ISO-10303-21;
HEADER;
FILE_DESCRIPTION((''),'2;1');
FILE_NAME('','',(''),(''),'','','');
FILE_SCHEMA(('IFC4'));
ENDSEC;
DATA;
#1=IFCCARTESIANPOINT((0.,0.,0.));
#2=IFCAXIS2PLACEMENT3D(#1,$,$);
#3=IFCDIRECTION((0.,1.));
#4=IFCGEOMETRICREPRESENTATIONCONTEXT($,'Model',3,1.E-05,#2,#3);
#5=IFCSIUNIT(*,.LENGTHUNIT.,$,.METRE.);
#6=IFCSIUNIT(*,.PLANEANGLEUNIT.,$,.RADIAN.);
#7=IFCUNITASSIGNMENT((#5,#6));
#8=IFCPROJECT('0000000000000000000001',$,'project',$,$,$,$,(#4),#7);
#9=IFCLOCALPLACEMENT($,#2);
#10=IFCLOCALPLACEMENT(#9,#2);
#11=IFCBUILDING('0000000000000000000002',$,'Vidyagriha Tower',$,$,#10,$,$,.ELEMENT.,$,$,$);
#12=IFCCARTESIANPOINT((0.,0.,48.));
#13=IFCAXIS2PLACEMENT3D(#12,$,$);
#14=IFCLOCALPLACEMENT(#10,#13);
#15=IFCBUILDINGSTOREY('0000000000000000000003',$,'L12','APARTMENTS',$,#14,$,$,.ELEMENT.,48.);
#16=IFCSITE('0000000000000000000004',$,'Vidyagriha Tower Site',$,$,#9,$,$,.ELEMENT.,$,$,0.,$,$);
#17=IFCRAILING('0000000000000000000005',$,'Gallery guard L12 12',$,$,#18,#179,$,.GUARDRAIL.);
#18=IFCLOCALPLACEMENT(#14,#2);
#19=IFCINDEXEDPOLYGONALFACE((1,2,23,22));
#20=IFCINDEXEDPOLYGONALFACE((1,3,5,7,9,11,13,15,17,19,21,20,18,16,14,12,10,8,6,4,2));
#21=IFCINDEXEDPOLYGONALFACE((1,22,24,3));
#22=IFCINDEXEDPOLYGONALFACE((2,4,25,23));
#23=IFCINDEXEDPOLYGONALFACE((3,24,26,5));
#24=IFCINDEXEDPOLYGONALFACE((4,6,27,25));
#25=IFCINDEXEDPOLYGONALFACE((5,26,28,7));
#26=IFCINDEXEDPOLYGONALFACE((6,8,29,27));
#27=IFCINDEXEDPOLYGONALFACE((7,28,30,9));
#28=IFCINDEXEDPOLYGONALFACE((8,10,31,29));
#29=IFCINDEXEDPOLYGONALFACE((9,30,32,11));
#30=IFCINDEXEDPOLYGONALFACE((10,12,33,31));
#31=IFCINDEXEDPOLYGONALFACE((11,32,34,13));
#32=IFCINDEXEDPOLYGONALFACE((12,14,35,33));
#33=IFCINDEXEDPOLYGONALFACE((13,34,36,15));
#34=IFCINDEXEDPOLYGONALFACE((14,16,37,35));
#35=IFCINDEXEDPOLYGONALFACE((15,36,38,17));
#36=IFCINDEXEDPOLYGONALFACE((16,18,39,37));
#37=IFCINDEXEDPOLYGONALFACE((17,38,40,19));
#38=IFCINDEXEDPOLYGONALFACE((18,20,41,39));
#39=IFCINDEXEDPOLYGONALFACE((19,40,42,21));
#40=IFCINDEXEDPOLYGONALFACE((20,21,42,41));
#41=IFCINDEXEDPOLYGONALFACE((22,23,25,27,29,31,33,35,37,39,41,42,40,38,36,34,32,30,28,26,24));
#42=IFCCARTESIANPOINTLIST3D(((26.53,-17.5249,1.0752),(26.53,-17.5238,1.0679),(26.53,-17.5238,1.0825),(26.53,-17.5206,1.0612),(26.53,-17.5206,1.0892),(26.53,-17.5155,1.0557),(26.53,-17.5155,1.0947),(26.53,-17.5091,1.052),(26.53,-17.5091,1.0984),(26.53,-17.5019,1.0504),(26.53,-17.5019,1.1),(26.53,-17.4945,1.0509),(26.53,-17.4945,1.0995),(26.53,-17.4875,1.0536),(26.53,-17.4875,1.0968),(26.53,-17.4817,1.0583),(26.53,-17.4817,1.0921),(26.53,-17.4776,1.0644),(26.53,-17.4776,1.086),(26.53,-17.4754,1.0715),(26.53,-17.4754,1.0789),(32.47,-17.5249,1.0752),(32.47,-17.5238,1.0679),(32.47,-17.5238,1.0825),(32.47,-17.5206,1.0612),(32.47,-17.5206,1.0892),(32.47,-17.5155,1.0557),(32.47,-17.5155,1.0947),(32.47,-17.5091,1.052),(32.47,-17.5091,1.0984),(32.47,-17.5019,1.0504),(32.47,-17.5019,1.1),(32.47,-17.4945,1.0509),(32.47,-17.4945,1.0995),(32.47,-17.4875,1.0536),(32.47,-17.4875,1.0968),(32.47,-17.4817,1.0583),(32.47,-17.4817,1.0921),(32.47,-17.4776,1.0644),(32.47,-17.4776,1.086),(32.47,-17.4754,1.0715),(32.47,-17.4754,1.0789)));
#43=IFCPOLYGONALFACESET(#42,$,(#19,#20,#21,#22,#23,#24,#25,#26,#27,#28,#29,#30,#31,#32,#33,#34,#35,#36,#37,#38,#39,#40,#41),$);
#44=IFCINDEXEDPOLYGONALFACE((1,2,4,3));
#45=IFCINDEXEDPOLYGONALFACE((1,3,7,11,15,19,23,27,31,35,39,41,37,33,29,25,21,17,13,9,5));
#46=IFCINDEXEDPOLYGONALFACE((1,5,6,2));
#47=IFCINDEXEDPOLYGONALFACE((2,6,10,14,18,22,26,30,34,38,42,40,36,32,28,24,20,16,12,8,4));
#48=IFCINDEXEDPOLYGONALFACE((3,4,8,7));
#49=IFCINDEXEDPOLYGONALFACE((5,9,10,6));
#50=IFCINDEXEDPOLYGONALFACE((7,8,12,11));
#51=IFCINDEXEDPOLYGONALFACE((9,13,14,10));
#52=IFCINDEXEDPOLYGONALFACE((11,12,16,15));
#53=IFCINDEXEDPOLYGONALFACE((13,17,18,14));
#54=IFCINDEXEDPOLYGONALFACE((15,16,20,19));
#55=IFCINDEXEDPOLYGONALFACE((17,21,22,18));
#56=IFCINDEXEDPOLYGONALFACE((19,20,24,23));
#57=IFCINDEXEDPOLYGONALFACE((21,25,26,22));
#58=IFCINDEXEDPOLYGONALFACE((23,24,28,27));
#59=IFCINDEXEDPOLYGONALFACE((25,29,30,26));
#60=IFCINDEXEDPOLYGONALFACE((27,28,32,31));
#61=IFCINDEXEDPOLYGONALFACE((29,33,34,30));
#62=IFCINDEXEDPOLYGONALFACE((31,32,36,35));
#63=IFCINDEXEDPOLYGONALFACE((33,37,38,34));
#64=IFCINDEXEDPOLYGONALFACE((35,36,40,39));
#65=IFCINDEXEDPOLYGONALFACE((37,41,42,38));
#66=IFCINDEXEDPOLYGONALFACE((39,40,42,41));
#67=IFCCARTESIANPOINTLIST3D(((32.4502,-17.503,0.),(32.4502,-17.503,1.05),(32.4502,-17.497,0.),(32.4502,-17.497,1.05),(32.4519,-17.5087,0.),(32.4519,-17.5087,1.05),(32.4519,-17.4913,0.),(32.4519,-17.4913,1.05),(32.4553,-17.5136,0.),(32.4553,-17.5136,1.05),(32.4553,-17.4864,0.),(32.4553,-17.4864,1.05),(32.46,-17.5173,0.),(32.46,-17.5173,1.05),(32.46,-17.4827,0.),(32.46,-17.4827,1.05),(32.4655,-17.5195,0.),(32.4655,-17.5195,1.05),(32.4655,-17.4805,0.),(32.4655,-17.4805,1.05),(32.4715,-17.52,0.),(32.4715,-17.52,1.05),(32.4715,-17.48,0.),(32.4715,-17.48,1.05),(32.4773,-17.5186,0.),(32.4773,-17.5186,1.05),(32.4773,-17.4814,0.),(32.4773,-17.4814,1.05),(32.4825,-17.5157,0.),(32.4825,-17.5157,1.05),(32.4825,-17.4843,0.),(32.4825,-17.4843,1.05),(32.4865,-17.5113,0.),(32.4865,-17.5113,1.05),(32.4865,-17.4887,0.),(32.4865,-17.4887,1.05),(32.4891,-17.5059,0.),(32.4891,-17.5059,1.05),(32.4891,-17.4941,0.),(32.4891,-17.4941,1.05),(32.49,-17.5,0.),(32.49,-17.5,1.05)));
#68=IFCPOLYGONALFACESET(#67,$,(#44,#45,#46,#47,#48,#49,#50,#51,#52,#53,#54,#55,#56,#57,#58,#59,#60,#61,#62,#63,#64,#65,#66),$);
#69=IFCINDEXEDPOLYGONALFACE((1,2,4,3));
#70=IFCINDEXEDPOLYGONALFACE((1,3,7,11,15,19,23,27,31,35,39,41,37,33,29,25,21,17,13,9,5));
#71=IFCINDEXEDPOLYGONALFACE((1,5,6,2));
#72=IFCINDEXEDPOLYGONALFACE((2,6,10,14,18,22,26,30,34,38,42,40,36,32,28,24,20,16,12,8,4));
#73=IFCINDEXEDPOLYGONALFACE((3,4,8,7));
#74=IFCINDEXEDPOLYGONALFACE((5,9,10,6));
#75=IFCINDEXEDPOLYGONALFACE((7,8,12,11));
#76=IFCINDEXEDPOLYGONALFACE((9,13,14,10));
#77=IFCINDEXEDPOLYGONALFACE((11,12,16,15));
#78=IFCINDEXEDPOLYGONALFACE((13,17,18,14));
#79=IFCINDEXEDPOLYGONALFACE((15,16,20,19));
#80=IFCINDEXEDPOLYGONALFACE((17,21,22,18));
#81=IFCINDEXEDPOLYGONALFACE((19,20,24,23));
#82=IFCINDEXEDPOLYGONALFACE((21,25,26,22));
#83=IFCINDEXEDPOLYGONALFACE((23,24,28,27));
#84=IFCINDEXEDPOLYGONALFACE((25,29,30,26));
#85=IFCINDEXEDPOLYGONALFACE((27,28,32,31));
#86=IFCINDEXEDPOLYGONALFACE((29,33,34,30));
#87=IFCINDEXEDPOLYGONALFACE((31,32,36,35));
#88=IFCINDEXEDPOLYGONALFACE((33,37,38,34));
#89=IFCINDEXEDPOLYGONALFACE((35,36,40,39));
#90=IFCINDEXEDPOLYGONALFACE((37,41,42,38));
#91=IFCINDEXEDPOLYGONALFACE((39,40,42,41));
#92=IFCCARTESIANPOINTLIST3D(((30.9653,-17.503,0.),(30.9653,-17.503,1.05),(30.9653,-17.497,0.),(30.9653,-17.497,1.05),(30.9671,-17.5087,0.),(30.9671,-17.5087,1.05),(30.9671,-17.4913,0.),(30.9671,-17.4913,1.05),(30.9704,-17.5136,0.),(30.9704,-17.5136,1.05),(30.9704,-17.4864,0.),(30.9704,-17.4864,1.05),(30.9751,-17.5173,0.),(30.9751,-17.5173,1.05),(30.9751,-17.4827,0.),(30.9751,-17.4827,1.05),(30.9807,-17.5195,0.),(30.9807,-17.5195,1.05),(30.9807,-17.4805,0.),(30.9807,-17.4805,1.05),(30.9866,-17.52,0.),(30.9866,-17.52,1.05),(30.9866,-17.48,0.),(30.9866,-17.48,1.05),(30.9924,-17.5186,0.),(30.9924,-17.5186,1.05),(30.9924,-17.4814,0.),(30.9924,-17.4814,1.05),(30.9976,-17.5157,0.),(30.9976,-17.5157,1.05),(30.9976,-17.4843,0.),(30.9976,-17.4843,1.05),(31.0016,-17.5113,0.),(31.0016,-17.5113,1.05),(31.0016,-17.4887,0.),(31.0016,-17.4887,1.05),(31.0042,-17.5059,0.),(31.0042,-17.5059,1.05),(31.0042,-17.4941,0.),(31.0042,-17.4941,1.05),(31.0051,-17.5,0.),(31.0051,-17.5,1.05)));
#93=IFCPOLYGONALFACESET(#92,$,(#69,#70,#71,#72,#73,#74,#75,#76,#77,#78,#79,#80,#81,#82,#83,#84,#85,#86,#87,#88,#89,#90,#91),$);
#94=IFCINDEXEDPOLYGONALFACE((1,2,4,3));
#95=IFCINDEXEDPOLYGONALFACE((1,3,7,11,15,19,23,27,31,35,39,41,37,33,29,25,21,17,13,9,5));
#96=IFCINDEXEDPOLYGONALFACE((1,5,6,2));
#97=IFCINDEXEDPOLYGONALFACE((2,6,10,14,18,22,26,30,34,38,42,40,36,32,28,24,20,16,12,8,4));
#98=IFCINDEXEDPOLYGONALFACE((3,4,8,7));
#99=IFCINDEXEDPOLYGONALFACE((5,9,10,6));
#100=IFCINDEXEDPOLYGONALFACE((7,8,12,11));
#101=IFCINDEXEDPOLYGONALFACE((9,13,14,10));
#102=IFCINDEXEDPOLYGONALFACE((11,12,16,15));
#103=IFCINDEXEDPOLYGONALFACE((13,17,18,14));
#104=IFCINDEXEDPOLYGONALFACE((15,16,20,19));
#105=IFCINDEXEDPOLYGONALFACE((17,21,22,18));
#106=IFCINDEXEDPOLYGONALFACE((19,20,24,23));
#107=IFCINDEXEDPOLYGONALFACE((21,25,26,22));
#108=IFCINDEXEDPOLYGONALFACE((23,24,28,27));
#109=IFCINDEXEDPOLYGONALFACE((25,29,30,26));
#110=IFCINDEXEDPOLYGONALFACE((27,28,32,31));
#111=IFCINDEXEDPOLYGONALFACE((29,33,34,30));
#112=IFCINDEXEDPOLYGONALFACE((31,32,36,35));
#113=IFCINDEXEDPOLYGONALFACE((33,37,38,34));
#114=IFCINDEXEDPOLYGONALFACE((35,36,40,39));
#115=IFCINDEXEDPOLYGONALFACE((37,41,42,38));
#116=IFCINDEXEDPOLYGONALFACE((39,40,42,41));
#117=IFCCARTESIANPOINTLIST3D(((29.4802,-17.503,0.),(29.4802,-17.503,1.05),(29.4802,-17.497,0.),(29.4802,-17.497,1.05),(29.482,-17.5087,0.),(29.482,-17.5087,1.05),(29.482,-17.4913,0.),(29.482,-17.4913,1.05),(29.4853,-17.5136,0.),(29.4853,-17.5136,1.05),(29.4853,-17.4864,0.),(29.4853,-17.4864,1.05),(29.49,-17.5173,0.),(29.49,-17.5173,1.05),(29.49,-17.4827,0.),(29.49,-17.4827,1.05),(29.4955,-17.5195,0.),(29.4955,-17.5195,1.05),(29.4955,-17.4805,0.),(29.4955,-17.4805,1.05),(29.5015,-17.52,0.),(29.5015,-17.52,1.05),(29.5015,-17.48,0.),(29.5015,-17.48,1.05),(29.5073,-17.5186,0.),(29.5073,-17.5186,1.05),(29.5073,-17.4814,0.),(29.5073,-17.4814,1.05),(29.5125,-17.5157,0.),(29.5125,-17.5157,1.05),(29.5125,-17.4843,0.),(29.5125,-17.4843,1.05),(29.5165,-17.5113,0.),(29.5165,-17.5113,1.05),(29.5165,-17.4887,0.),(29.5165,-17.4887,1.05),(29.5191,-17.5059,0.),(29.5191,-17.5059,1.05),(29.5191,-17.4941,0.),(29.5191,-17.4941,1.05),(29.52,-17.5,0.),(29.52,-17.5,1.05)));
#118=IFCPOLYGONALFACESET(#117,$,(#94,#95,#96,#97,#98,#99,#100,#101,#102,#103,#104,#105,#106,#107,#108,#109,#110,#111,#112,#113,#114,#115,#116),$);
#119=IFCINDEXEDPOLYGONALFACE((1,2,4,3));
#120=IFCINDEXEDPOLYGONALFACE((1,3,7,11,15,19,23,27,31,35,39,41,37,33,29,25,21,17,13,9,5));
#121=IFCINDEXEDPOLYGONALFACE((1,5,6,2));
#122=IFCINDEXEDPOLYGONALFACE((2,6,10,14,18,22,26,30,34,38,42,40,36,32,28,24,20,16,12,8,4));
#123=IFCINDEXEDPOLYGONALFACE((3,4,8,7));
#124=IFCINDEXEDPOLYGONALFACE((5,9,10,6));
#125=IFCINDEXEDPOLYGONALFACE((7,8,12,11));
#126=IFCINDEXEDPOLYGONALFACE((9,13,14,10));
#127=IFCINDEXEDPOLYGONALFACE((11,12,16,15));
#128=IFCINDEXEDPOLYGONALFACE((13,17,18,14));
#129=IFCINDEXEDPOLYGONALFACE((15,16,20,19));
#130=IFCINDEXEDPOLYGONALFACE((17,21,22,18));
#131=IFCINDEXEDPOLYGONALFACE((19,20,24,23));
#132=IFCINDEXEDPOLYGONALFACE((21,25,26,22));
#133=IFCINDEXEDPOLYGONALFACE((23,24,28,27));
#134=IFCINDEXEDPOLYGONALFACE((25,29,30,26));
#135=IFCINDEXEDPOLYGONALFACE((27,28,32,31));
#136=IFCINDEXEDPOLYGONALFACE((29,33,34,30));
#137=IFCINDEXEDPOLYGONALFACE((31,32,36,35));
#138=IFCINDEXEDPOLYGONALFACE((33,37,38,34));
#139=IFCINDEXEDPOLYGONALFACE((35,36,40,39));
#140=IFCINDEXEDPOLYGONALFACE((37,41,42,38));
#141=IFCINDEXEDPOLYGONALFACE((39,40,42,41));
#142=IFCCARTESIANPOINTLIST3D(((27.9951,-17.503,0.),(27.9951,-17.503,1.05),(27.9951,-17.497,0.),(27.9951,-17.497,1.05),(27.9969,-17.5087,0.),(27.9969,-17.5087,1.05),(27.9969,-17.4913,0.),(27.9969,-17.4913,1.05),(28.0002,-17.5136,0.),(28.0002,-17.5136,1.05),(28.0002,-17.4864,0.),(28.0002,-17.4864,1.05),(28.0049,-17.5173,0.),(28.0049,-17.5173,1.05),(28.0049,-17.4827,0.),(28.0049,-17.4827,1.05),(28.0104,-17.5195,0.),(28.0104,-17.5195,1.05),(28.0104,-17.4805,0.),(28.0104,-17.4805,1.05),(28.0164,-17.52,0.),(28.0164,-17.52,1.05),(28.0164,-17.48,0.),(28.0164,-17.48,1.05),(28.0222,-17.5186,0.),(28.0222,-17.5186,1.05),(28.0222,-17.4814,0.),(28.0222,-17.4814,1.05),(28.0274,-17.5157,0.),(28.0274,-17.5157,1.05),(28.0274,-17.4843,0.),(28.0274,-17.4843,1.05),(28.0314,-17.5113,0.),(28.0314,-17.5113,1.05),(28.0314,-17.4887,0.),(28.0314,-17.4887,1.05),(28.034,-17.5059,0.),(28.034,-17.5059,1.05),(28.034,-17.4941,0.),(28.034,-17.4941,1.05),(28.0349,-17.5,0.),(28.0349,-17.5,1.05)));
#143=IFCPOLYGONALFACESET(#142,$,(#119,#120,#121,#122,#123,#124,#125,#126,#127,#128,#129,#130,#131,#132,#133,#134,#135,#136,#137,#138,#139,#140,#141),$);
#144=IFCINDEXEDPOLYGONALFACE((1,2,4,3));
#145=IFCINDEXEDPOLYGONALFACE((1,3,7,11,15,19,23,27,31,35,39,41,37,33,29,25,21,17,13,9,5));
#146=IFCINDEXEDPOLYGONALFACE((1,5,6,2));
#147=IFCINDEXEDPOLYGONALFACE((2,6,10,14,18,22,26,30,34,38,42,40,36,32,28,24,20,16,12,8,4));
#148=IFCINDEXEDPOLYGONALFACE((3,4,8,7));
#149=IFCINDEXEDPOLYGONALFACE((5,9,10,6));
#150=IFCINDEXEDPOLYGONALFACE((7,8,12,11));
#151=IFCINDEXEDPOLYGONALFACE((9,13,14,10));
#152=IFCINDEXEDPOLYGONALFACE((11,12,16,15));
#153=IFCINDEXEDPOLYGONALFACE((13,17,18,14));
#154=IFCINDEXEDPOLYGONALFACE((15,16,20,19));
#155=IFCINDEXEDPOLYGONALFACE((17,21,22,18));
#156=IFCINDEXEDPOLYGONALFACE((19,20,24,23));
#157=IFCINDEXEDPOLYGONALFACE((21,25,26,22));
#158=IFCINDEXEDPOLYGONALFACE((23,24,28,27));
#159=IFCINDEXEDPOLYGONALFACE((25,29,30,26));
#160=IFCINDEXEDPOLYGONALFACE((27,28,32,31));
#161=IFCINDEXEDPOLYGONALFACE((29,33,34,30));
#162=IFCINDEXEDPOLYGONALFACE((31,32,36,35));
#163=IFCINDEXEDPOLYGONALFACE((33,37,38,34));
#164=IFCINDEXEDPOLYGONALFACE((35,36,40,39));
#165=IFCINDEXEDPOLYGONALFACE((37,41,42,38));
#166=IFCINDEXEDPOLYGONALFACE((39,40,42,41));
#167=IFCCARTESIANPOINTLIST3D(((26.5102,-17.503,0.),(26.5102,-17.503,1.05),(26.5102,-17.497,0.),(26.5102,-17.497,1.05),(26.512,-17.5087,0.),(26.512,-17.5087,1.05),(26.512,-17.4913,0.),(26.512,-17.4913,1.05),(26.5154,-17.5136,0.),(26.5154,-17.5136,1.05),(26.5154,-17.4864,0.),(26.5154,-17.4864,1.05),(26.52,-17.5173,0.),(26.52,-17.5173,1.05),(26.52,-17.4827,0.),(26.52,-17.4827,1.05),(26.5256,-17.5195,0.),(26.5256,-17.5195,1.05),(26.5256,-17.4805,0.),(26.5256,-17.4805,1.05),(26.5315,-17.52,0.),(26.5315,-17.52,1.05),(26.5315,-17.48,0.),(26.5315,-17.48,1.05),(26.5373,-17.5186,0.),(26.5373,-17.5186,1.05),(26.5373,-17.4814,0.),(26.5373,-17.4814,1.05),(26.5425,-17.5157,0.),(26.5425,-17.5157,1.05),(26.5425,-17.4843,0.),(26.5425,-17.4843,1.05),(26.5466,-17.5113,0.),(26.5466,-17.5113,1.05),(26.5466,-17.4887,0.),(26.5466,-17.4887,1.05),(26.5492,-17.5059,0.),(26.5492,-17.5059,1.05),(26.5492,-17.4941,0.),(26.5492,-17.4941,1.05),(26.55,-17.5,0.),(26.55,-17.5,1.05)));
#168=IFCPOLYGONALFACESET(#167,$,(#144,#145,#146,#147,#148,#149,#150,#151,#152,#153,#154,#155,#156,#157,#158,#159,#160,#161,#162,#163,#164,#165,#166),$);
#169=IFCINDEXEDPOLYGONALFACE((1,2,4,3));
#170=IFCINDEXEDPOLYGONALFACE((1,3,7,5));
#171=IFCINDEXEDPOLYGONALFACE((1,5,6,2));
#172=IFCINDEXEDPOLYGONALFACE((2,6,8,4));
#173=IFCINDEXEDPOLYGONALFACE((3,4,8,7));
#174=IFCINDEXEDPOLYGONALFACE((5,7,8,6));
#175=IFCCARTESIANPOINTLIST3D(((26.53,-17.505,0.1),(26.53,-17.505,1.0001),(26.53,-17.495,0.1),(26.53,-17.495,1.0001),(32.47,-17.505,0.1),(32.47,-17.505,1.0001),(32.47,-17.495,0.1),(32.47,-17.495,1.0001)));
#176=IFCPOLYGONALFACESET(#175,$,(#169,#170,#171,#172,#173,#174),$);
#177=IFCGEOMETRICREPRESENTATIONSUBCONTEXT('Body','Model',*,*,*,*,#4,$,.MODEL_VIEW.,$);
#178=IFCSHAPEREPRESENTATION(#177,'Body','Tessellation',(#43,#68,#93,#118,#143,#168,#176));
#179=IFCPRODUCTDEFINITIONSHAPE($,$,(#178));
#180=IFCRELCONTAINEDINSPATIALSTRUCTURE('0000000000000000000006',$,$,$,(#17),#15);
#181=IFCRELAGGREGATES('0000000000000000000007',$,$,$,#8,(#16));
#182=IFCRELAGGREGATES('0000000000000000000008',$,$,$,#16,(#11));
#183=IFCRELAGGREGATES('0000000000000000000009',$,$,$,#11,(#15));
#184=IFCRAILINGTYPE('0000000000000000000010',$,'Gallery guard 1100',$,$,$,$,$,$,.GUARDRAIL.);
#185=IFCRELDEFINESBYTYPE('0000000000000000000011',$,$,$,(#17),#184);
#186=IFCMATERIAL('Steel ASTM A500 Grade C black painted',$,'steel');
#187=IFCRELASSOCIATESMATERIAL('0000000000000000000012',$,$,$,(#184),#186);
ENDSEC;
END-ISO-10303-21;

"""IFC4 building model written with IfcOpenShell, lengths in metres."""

from ifc_helpers import new_model, si_unit, direction, frame, origin, origin_2d, place, context, subcontext, project, spatial, rectangle, circle, extrude, material, type_object, element, save


model = new_model("IFC4")

# Units and contexts
model_context = context("Model", 3, precision=1e-05, world=origin(), true_north=direction((0.0, 1.0)))
body_context = subcontext(model_context, "Body", "Model", "MODEL_VIEW")
ifc_project = project(units=[si_unit("LENGTHUNIT", "METRE"), si_unit("PLANEANGLEUNIT", "RADIAN")], contexts=[model_context])

# Site, building, storey
site_placement = place(None, origin())
site = spatial("IfcSite", under=ifc_project, at=site_placement, Name="Vidyagriha Tower Site", CompositionType="ELEMENT", RefElevation=0.0)
building_placement = place(site_placement, origin())
building = spatial("IfcBuilding", under=site, at=building_placement, Name="Vidyagriha Tower", CompositionType="ELEMENT")
storey_placement = place(building_placement, frame((0.0, 0.0, 48.0)))
storey = spatial("IfcBuildingStorey", under=building, at=storey_placement, Name="L12", Description="APARTMENTS", CompositionType="ELEMENT", Elevation=48.0)

# Railing
ifc_material_1 = material(Name="Steel ASTM A500 Grade C black painted", Category="steel")
railing_type = type_object("IfcRailingType", Name="Gallery guard 1100", PredefinedType="GUARDRAIL", material=ifc_material_1)
railing_placement = place(storey_placement, frame((32.47, -17.5, 0.0)))
element("IfcRailing", 1, at=railing_placement, inside=storey, type_object=railing_type, Name="Gallery guard L12 12", PredefinedType="GUARDRAIL", context=body_context, shape_type="SweptSolid", body=[
    extrude(circle(Radius=0.0249, at=origin_2d()), frame((0.0, 0.0, 1.0752), z_axis=(-1.0, 0.0, 0.0), x_axis=(0.0, -1.0, 0.0)), (0.0, 0.0, 1.0), 5.9399),
    extrude(circle(Radius=0.02, at=origin_2d()), origin(), (0.0, 0.0, 1.0), 1.05),
    extrude(circle(Radius=0.02, at=origin_2d()), frame((-1.4849, 0.0, 0.0)), (0.0, 0.0, 1.0), 1.05),
    extrude(circle(Radius=0.02, at=origin_2d()), frame((-2.97, 0.0, 0.0)), (0.0, 0.0, 1.0), 1.05),
    extrude(circle(Radius=0.02, at=origin_2d()), frame((-4.4551, 0.0, 0.0)), (0.0, 0.0, 1.0), 1.05),
    extrude(circle(Radius=0.02, at=origin_2d()), frame((-5.9399, 0.0, 0.0)), (0.0, 0.0, 1.0), 1.05),
    extrude(rectangle(XDim=0.01, YDim=0.9001, at=origin_2d()), frame((0.0, 0.0, 0.55), z_axis=(-1.0, 0.0, 0.0), x_axis=(0.0, -1.0, 0.0)), (0.0, 0.0, 1.0), 5.9399),
])

save(model, "model.ifc")
